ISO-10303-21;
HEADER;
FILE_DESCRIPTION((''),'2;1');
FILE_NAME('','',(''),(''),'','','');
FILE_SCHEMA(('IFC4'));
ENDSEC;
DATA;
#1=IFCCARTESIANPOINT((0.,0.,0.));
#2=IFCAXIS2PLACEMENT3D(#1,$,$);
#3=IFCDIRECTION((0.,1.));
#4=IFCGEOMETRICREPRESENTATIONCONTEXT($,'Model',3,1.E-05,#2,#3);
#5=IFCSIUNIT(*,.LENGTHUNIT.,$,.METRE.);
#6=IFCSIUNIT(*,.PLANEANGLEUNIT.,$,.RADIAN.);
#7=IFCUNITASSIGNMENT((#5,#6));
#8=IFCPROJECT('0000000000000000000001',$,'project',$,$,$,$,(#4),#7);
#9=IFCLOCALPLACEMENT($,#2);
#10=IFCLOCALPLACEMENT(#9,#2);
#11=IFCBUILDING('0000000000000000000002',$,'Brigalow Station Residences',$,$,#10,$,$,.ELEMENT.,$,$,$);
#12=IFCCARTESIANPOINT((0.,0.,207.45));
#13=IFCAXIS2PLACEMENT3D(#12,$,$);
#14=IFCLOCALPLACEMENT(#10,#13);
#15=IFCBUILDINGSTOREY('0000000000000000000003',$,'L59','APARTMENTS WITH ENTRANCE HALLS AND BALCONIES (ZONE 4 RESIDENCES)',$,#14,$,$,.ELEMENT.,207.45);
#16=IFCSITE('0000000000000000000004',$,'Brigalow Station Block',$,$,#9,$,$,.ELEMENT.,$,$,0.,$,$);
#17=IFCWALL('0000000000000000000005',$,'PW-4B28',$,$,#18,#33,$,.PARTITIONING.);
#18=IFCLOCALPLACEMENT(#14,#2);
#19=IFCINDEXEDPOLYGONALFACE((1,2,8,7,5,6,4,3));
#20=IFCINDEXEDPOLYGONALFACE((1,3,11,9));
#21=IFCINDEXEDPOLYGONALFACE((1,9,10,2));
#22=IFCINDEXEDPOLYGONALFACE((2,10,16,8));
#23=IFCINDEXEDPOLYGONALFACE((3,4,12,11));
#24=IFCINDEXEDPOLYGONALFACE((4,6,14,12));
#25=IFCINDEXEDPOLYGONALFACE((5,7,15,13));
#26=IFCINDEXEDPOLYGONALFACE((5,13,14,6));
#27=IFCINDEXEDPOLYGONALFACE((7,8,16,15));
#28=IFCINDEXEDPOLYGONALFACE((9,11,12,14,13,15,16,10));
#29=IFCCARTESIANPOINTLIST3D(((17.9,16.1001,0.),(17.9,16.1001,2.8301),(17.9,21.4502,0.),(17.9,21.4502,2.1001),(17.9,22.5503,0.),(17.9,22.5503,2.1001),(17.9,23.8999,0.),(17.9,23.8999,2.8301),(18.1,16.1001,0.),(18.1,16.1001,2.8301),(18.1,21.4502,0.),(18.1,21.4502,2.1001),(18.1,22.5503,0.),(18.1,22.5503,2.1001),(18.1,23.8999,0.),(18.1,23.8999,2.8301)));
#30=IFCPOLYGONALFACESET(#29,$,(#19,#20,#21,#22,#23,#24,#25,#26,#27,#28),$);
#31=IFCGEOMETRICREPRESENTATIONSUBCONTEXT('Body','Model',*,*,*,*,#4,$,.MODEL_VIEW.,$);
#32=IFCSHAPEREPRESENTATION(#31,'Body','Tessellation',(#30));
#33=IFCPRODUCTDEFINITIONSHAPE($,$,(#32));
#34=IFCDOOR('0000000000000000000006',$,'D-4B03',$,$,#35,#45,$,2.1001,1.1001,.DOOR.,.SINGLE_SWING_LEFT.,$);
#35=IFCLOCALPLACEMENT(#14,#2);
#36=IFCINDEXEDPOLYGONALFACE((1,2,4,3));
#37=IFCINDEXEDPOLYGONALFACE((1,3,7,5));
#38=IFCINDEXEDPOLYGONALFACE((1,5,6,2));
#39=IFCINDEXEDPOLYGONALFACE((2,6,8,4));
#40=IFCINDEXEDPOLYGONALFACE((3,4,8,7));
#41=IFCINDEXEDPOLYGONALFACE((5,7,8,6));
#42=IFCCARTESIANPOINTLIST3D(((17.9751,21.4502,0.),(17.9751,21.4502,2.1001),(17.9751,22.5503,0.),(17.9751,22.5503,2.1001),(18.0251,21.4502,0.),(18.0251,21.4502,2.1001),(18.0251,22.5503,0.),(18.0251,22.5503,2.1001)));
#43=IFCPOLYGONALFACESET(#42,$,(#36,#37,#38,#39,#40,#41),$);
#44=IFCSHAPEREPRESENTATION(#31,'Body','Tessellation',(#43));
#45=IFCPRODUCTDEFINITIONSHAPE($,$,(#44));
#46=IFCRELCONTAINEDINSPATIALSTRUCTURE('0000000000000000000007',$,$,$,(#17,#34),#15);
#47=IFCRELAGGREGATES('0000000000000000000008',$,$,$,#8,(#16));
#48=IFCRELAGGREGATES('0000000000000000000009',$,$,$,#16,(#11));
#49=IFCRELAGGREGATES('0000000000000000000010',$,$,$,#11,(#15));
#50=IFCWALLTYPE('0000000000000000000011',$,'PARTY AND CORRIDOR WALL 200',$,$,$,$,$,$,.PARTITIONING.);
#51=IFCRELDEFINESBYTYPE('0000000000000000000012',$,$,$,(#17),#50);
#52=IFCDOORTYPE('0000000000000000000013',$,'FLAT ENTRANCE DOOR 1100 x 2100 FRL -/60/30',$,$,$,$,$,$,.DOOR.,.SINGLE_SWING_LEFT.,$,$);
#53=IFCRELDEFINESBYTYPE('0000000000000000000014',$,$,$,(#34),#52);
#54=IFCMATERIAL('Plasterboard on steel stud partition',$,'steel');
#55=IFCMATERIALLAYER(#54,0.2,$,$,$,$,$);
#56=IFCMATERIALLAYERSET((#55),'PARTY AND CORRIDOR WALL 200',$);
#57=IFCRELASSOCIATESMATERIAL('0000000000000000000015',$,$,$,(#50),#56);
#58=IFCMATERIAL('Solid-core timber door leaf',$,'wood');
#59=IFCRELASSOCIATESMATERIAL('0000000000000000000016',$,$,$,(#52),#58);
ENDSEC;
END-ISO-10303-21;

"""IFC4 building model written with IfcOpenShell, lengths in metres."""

from ifc_helpers import new_model, si_unit, direction, frame, frame_2d, origin, place, context, subcontext, project, spatial, rectangle, extrude, material, layer, layer_set, type_object, element, fill, save


model = new_model("IFC4")

# Units and contexts
model_context = context("Model", 3, precision=1e-05, world=origin(), true_north=direction((0.0, 1.0)))
body_context = subcontext(model_context, "Body", "Model", "MODEL_VIEW")
ifc_project = project(units=[si_unit("LENGTHUNIT", "METRE"), si_unit("PLANEANGLEUNIT", "RADIAN")], contexts=[model_context])

# Site, building, storey
site_placement = place(None, origin())
site = spatial("IfcSite", under=ifc_project, at=site_placement, Name="Brigalow Station Block", CompositionType="ELEMENT", RefElevation=0.0)
building_placement = place(site_placement, origin())
building = spatial("IfcBuilding", under=site, at=building_placement, Name="Brigalow Station Residences", CompositionType="ELEMENT")
storey_placement = place(building_placement, frame((0.0, 0.0, 207.45)))
storey = spatial("IfcBuildingStorey", under=building, at=storey_placement, Name="L59", Description="APARTMENTS WITH ENTRANCE HALLS AND BALCONIES (ZONE 4 RESIDENCES)", CompositionType="ELEMENT", Elevation=207.45)

# Wall, opening, door
ifc_material_1 = material(Name="Plasterboard on steel stud partition", Category="steel")
ifc_layer_1 = layer(ifc_material_1, 0.2)
ifc_layer_set_1 = layer_set([ifc_layer_1], Name="PARTY AND CORRIDOR WALL 200")
wall_type_1 = type_object("IfcWallType", Name="PARTY AND CORRIDOR WALL 200", PredefinedType="PARTITIONING", material=ifc_layer_set_1)
wall_1_placement = place(storey_placement, frame((18.0, 16.1001, 0.0), z_axis=(0.0, 0.0, 1.0), x_axis=(0.0, 1.0, 0.0)))
wall_1 = element("IfcWall", 1, at=wall_1_placement, inside=storey, type_object=wall_type_1, Name="PW-4B28", PredefinedType="PARTITIONING", context=body_context, shape_type="SweptSolid", body=[
    extrude(rectangle(XDim=7.7998, YDim=0.2, at=frame_2d((3.8999, 0.0))), origin(), (0.0, 0.0, 1.0), 2.8301),
])
opening_1_placement = place(wall_1_placement, frame((5.3501, 0.0, 0.0)))
opening_1 = element("IfcOpeningElement", 2, at=opening_1_placement, cuts=wall_1, PredefinedType="OPENING", context=body_context, shape_type="SweptSolid", body=[
    extrude(rectangle(XDim=1.1001, YDim=2.1001, at=frame_2d((0.55, 1.05))), frame((0.0, 0.1099, 0.0), z_axis=(0.0, -1.0, 0.0), x_axis=(1.0, 0.0, 0.0)), (0.0, 0.0, 1.0), 0.22),
])
ifc_material_2 = material(Name="Solid-core timber door leaf", Category="wood")
door_type_1 = type_object("IfcDoorType", Name="FLAT ENTRANCE DOOR 1100 x 2100 FRL -/60/30", OperationType="SINGLE_SWING_LEFT", PredefinedType="DOOR", material=ifc_material_2)
door_1_placement = place(opening_1_placement, origin())
door_1 = element("IfcDoor", 3, at=door_1_placement, inside=storey, type_object=door_type_1, Name="D-4B03", OperationType="SINGLE_SWING_LEFT", OverallHeight=2.1001, OverallWidth=1.1001, PredefinedType="DOOR", context=body_context, shape_type="SweptSolid", body=[
    extrude(rectangle(XDim=1.1001, YDim=2.1001, at=frame_2d((0.55, 1.05))), frame((0.0, 0.0249, 0.0), z_axis=(0.0, -1.0, 0.0), x_axis=(1.0, 0.0, 0.0)), (0.0, 0.0, 1.0), 0.05),
])
fill(opening_1, door_1)

save(model, "model.ifc")
